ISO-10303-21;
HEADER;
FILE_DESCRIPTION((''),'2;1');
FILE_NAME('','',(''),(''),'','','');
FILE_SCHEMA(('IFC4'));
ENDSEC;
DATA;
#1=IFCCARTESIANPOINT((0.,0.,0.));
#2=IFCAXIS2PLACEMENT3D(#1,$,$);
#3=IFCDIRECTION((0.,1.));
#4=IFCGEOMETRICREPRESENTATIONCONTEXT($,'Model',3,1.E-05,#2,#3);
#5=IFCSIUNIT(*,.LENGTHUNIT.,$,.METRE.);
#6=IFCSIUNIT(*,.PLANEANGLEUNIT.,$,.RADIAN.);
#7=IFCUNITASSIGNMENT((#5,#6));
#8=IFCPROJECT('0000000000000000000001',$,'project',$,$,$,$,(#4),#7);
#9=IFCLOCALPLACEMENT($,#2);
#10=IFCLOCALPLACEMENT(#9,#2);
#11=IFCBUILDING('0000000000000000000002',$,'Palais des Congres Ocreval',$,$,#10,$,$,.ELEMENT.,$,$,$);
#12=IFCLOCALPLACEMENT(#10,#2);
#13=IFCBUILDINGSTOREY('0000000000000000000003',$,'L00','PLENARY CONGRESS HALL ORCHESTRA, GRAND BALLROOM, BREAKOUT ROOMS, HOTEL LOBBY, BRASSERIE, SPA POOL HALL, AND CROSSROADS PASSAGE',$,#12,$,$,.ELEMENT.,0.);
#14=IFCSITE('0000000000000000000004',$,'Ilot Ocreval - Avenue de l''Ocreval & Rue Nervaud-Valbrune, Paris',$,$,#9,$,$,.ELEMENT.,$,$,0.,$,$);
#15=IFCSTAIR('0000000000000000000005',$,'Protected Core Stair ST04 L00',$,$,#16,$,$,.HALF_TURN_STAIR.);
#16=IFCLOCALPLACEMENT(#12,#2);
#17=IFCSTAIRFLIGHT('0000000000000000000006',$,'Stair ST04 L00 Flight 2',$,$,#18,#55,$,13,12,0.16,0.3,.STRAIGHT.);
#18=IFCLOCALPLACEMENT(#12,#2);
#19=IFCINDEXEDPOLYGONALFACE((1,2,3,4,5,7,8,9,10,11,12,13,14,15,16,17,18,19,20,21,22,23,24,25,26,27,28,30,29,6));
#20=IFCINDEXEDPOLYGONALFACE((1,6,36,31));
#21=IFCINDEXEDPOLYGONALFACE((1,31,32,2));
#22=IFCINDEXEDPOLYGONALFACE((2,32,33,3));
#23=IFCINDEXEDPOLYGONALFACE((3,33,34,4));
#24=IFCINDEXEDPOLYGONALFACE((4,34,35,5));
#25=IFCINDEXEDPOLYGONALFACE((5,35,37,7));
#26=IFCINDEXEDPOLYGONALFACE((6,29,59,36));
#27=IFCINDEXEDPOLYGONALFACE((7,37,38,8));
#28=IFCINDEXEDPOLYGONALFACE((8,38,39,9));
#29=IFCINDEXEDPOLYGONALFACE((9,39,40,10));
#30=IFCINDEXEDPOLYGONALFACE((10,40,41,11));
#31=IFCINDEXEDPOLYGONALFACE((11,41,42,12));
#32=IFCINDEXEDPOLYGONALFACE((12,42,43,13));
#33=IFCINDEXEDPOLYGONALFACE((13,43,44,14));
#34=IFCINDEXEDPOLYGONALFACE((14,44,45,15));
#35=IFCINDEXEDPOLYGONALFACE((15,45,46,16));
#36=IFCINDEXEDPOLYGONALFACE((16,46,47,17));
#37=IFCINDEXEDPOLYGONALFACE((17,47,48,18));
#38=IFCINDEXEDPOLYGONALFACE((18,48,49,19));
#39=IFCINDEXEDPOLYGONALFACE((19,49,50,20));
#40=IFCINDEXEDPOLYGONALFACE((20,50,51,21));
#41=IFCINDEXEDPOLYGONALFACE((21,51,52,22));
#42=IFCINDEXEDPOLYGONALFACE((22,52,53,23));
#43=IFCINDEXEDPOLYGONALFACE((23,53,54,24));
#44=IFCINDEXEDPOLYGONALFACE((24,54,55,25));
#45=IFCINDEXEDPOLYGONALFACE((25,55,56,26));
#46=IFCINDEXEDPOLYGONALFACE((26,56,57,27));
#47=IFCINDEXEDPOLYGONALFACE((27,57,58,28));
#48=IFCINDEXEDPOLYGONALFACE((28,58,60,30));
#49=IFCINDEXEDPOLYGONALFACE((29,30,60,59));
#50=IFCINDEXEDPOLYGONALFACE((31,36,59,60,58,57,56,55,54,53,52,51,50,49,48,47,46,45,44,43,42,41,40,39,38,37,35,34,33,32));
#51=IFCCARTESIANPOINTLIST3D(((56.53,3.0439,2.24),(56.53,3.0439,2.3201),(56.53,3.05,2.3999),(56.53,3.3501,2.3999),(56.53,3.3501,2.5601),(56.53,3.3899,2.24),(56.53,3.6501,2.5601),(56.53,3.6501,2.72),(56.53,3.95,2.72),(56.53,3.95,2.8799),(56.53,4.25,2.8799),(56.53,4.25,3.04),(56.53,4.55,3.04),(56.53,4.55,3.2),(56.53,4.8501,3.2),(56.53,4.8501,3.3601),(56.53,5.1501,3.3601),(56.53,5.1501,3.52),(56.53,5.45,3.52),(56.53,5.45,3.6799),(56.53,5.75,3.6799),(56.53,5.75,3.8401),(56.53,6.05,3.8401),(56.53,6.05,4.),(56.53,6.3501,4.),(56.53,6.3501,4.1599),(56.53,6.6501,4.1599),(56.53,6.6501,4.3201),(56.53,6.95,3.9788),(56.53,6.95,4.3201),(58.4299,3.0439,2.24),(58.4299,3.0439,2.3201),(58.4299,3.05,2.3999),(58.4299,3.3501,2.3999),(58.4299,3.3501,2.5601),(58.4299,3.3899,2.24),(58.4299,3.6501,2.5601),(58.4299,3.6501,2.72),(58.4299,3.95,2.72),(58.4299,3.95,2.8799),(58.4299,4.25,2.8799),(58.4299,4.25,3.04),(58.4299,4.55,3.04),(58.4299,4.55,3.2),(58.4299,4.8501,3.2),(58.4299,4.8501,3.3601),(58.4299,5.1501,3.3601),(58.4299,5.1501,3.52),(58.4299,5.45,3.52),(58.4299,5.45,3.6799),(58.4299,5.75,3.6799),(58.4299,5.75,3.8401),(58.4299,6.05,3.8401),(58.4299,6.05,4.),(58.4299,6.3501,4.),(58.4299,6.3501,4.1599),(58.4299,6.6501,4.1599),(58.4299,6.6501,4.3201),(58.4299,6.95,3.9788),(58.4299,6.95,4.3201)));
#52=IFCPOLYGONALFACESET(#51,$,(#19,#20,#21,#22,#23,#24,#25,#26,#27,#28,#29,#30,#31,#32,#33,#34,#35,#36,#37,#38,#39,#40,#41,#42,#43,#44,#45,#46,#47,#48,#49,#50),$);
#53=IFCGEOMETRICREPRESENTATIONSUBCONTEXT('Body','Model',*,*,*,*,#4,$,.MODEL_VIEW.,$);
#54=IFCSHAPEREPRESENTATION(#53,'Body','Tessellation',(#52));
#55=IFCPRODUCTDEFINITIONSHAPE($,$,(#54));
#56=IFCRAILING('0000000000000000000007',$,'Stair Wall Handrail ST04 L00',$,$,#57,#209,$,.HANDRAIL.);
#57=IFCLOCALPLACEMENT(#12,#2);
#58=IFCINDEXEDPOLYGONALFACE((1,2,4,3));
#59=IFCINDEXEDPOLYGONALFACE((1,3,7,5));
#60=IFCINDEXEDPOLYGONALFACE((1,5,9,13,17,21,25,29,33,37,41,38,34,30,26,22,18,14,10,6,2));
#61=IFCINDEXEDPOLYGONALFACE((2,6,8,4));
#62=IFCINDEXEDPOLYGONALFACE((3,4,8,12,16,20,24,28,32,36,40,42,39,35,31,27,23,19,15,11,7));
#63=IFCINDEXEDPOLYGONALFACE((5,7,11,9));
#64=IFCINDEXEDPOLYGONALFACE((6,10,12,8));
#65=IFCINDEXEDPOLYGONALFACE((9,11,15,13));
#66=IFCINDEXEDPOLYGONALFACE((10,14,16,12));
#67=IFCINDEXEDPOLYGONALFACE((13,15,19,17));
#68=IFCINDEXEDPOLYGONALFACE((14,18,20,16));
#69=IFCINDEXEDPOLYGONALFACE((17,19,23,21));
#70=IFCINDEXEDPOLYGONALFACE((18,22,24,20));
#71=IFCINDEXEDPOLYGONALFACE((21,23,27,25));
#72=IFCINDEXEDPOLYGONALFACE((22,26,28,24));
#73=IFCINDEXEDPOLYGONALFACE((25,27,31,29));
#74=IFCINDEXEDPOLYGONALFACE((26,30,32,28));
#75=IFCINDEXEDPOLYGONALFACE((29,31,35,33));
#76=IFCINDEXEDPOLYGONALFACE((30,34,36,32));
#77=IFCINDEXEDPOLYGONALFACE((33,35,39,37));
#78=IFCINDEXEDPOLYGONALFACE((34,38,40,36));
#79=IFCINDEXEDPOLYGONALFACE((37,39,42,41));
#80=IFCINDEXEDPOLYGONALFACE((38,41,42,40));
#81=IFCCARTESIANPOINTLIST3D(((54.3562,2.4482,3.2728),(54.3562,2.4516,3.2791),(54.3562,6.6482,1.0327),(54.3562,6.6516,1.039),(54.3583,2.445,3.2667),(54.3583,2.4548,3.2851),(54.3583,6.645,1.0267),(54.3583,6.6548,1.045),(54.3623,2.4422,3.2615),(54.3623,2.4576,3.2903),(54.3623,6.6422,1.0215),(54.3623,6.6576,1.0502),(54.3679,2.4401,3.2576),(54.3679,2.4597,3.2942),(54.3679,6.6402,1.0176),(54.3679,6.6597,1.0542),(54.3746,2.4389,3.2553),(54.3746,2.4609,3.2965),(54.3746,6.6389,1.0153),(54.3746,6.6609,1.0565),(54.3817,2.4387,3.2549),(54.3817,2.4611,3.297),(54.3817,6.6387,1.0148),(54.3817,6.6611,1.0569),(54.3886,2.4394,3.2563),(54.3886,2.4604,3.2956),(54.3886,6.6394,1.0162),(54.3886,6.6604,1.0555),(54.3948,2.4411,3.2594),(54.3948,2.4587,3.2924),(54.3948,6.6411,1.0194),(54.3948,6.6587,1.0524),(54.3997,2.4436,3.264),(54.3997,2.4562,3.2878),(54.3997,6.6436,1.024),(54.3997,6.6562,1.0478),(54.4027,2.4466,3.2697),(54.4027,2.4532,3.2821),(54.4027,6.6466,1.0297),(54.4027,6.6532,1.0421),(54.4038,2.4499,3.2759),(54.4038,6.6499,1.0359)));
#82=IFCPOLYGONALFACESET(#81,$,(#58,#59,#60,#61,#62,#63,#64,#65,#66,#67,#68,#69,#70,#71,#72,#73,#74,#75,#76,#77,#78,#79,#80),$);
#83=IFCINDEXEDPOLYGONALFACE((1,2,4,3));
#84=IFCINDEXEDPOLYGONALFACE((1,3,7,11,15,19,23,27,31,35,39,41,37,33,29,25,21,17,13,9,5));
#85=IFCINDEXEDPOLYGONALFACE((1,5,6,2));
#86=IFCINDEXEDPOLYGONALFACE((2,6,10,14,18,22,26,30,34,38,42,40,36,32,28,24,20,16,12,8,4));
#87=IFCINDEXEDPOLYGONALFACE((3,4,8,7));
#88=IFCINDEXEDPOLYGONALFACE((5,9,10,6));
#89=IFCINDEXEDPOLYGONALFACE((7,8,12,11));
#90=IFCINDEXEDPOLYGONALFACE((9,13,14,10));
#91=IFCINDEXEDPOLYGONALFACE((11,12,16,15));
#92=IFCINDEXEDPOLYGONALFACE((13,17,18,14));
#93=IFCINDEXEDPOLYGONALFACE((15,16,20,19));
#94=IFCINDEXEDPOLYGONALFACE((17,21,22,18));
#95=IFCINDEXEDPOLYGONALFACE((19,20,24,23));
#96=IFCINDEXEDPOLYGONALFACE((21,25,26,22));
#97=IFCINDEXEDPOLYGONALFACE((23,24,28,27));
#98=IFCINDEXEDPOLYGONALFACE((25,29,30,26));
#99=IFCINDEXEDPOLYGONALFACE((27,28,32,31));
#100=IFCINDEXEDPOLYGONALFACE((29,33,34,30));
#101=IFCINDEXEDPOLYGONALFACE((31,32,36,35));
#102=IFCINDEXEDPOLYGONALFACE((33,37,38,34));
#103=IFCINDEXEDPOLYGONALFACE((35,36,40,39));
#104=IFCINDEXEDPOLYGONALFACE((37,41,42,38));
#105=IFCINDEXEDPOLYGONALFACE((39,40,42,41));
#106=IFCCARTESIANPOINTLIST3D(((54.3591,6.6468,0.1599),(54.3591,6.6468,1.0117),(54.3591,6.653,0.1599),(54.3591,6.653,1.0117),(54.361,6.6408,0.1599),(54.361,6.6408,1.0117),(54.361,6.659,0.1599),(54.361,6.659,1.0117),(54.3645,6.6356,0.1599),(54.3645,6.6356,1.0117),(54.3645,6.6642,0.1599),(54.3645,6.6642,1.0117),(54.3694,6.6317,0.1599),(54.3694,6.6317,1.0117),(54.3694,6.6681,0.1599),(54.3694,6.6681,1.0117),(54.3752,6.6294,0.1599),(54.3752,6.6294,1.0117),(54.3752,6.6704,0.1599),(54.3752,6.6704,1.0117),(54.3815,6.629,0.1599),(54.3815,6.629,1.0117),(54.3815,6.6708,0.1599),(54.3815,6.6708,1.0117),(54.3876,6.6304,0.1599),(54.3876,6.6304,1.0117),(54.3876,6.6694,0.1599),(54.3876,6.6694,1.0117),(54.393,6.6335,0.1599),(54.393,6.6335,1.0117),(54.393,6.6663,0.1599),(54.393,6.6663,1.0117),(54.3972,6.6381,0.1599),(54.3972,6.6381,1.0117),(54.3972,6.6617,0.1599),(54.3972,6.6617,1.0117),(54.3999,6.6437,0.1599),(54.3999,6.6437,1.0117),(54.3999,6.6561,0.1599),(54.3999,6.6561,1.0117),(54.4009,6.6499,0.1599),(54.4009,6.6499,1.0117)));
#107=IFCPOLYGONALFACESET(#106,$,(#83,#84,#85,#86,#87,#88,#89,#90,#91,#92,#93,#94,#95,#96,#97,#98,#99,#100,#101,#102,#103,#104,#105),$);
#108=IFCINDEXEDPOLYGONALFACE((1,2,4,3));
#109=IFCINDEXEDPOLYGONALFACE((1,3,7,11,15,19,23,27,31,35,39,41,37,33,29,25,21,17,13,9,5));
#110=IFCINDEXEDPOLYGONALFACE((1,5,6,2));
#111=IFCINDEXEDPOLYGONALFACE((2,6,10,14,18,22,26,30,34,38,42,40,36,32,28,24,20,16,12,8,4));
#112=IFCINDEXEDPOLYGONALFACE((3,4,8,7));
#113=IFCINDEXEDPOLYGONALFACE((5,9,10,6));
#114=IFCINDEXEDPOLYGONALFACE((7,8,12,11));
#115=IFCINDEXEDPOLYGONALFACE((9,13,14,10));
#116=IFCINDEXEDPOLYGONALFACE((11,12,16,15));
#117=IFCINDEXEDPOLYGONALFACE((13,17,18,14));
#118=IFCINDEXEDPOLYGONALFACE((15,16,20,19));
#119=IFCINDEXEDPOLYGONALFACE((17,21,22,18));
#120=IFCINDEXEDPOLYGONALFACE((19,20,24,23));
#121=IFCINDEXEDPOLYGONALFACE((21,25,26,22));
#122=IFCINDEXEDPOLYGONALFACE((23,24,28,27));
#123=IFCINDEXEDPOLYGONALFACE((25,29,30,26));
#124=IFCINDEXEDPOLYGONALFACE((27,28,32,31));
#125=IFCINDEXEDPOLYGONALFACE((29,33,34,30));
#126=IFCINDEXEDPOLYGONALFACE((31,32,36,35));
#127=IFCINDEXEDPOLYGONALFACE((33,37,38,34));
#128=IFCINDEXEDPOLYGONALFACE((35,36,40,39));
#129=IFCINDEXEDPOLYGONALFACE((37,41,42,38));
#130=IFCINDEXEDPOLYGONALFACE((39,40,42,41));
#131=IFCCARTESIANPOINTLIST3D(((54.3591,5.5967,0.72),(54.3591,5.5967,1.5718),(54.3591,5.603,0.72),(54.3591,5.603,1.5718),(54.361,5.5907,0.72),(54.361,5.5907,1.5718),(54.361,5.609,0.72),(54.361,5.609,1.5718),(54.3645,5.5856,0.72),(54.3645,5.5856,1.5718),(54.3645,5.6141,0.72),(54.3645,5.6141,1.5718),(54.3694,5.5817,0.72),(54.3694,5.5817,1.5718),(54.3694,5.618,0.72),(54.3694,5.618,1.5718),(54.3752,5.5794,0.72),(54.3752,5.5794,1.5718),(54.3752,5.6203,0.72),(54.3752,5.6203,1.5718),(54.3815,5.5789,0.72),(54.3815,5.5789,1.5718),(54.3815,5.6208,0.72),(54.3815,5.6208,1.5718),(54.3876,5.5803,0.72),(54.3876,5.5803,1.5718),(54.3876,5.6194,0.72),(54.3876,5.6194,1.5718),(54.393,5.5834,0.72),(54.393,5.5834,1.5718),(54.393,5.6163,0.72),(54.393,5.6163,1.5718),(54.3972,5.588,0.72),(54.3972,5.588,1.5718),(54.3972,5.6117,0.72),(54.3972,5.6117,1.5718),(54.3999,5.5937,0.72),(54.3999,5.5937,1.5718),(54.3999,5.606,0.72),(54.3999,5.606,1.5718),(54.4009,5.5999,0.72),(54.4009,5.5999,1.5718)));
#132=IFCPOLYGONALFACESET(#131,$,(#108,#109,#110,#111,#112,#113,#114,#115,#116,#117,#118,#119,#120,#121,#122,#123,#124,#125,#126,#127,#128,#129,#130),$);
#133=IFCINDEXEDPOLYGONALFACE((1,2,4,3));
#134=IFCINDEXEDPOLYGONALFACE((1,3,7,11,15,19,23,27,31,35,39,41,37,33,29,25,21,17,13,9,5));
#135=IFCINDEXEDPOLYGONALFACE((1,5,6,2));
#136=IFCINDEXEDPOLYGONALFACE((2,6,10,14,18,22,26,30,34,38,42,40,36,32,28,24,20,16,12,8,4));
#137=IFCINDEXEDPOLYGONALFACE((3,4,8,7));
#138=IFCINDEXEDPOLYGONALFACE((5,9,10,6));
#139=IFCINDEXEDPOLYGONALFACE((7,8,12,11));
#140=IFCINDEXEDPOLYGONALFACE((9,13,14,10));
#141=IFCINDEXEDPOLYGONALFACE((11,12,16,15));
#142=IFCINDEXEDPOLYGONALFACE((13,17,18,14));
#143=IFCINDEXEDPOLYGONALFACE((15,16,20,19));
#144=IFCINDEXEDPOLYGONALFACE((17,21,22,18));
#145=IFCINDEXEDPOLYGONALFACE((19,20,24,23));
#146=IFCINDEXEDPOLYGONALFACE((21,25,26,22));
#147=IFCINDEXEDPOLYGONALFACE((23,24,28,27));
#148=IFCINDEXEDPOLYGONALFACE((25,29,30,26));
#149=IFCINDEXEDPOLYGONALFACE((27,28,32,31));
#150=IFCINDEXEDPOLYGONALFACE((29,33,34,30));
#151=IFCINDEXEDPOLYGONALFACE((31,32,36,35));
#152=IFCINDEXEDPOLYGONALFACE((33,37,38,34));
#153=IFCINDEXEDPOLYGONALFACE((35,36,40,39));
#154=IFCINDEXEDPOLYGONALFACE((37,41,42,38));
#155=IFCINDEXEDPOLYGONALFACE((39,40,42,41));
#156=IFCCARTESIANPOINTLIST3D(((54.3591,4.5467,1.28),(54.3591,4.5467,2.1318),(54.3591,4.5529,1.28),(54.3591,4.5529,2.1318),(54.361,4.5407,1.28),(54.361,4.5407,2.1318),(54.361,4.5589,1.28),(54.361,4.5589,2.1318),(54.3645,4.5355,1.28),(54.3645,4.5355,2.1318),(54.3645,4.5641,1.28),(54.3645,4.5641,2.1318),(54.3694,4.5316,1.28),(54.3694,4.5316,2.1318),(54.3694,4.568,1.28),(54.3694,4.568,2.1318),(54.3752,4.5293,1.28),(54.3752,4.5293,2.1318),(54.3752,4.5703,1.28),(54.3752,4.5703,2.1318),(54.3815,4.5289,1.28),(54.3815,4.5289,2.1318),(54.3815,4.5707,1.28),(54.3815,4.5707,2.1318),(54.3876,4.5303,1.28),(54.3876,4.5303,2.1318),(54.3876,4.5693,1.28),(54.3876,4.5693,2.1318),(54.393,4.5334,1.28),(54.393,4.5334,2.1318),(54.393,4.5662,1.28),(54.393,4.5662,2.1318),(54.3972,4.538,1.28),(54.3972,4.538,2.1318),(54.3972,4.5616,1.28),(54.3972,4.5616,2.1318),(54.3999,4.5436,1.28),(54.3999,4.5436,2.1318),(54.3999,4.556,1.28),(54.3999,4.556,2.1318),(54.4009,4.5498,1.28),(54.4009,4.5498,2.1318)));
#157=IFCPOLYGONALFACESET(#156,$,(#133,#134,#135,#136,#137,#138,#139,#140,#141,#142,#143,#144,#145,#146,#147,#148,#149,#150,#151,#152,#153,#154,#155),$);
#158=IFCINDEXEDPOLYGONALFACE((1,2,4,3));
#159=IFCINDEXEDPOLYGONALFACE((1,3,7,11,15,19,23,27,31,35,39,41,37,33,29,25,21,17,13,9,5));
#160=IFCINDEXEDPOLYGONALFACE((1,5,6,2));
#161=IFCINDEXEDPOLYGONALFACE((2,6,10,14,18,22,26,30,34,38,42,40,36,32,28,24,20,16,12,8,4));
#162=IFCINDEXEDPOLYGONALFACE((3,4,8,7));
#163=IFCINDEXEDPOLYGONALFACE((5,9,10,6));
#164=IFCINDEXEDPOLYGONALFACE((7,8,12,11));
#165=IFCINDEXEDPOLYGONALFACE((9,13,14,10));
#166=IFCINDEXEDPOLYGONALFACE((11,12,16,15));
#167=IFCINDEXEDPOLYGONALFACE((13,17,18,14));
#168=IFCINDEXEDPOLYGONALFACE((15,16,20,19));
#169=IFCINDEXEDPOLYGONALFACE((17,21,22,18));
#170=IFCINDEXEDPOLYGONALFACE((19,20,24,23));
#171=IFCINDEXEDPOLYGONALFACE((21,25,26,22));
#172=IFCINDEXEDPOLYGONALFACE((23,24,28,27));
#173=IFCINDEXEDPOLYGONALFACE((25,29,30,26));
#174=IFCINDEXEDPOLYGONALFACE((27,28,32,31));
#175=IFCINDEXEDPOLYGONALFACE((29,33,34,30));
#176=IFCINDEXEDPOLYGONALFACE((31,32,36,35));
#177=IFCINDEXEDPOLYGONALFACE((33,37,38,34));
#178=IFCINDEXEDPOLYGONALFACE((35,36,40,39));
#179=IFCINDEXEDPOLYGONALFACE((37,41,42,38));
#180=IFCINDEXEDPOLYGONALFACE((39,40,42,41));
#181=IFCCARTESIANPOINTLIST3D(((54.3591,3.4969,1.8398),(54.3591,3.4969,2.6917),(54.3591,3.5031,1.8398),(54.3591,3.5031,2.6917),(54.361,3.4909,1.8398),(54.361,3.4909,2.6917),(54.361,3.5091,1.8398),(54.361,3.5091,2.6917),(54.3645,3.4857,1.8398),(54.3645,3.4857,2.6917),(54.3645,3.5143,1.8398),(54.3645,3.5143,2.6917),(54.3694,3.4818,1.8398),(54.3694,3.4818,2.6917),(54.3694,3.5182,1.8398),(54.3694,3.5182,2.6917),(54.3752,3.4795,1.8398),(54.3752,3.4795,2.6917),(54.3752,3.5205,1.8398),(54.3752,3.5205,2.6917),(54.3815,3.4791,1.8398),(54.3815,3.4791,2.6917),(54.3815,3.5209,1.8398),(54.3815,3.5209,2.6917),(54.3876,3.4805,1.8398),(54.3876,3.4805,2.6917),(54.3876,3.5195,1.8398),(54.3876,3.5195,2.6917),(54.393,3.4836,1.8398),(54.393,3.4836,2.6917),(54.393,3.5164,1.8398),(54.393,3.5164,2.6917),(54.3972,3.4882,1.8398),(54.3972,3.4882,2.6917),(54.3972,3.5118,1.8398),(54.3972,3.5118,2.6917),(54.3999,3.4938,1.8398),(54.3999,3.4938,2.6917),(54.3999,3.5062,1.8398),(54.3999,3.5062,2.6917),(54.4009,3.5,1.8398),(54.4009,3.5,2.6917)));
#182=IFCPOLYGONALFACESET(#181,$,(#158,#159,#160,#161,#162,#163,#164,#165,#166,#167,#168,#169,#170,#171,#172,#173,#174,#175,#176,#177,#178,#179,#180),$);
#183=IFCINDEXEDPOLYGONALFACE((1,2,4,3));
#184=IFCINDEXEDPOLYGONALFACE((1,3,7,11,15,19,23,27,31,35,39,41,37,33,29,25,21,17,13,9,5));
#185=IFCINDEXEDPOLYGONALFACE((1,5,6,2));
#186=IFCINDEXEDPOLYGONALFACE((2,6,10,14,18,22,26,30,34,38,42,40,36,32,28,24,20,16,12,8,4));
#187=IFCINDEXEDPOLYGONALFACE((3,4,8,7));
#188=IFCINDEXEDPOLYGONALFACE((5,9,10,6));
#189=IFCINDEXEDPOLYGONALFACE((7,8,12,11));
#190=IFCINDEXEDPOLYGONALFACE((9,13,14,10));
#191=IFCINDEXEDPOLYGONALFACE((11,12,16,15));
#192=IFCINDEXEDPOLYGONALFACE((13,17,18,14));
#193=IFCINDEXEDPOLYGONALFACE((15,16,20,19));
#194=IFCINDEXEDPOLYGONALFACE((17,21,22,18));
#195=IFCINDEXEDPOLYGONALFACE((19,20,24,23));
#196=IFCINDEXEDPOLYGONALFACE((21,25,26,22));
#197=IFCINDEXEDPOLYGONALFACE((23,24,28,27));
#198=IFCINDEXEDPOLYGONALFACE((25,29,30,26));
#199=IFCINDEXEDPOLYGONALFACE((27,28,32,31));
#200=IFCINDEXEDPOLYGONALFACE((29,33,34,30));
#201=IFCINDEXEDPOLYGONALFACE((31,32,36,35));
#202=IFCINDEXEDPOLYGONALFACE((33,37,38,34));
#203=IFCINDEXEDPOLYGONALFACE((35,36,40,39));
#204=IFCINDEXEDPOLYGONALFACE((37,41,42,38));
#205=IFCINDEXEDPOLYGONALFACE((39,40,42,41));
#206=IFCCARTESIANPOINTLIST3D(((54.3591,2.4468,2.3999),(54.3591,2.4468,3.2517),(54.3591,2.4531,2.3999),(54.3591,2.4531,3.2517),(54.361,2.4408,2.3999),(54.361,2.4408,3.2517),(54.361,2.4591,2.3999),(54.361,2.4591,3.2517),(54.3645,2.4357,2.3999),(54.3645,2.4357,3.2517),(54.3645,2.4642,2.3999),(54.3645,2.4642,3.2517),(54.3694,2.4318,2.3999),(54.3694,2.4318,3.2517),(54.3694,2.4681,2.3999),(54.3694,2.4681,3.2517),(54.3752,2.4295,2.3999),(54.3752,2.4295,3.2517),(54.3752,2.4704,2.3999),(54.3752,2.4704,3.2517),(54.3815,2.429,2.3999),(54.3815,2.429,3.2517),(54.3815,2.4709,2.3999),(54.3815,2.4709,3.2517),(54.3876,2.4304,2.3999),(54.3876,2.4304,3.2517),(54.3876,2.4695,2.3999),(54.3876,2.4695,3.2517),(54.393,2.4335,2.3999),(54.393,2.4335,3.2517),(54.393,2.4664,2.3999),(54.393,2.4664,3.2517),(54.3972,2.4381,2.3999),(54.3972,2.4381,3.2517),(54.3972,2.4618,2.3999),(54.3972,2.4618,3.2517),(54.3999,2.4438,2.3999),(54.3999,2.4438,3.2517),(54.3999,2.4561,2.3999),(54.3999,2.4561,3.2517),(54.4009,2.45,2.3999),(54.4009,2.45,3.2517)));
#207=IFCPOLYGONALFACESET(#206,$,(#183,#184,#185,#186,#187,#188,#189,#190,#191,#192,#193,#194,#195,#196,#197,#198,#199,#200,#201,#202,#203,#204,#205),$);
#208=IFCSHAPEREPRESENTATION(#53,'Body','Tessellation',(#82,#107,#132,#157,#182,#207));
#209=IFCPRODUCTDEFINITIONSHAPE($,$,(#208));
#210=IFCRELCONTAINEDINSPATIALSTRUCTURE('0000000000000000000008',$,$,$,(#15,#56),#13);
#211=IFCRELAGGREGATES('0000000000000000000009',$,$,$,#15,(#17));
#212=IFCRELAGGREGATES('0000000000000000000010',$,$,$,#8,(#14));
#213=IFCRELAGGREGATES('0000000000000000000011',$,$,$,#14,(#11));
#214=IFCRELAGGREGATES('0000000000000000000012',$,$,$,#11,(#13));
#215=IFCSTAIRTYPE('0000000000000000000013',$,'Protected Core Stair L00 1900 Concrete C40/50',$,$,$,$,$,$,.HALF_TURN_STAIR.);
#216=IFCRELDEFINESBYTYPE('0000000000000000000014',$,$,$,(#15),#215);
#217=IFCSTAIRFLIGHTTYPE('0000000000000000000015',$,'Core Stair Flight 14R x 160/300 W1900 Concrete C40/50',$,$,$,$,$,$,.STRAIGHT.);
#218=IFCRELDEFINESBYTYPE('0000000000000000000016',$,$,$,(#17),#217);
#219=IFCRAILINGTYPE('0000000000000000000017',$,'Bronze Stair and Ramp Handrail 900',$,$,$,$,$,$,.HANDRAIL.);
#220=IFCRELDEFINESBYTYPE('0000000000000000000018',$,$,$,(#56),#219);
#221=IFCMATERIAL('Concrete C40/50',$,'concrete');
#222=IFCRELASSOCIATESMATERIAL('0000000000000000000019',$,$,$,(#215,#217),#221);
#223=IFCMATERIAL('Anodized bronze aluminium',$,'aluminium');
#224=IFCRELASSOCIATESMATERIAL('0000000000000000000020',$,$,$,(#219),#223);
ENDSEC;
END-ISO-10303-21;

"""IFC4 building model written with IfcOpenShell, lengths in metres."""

from ifc_helpers import new_model, si_unit, direction, frame, origin, origin_2d, place, context, subcontext, project, spatial, polyline, circle, outline, extrude, material, type_object, element, aggregate, save


model = new_model("IFC4")

# Units and contexts
model_context = context("Model", 3, precision=1e-05, world=origin(), true_north=direction((0.0, 1.0)))
body_context = subcontext(model_context, "Body", "Model", "MODEL_VIEW")
ifc_project = project(units=[si_unit("LENGTHUNIT", "METRE"), si_unit("PLANEANGLEUNIT", "RADIAN")], contexts=[model_context])

# Site, building, storey
site_placement = place(None, origin())
site = spatial("IfcSite", under=ifc_project, at=site_placement, Name="Ilot Ocreval - Avenue de l'Ocreval & Rue Nervaud-Valbrune, Paris", CompositionType="ELEMENT", RefElevation=0.0)
building_placement = place(site_placement, origin())
building = spatial("IfcBuilding", under=site, at=building_placement, Name="Palais des Congres Ocreval", CompositionType="ELEMENT")
storey_placement = place(building_placement, origin())
storey = spatial("IfcBuildingStorey", under=building, at=storey_placement, Name="L00", Description="PLENARY CONGRESS HALL ORCHESTRA, GRAND BALLROOM, BREAKOUT ROOMS, HOTEL LOBBY, BRASSERIE, SPA POOL HALL, AND CROSSROADS PASSAGE", CompositionType="ELEMENT", Elevation=0.0)

# Shared definitions
ifc_material_1 = material(Name="Concrete C40/50", Category="concrete")

# Stair, stair flight
stair_type = type_object("IfcStairType", Name="Protected Core Stair L00 1900 Concrete C40/50", PredefinedType="HALF_TURN_STAIR", material=ifc_material_1)
stair_placement = place(storey_placement, origin())
stair = element("IfcStair", 1, at=stair_placement, inside=storey, type_object=stair_type, Name="Protected Core Stair ST04 L00", PredefinedType="HALF_TURN_STAIR")
stair_flight_type = type_object("IfcStairFlightType", Name="Core Stair Flight 14R x 160/300 W1900 Concrete C40/50", PredefinedType="STRAIGHT", material=ifc_material_1)
stair_flight_1_placement = place(storey_placement, frame((57.48, 3.05, 2.24), z_axis=(0.0, 0.0, 1.0), x_axis=(0.0, 1.0, 0.0)))
stair_flight_1 = element("IfcStairFlight", 2, at=stair_flight_1_placement, type_object=stair_flight_type, Name="Stair ST04 L00 Flight 2", NumberOfRisers=13, NumberOfTreads=12, PredefinedType="STRAIGHT", RiserHeight=0.16, TreadLength=0.3, context=body_context, shape_type="SweptSolid", body=[
    extrude(outline(polyline([(-0.0061, 0.0), (-0.0061, 0.0801), (0.0, 0.1599), (0.3, 0.1599), (0.3, 0.3201), (0.6001, 0.3201), (0.6001, 0.48), (0.8999, 0.48), (0.8999, 0.6399), (1.2, 0.6399), (1.2, 0.8), (1.5, 0.8), (1.5, 0.96), (1.8, 0.96), (1.8, 1.1201), (2.1001, 1.1201), (2.1001, 1.28), (2.3999, 1.28), (2.3999, 1.4399), (2.7, 1.4399), (2.7, 1.6001), (3.0, 1.6001), (3.0, 1.76), (3.3, 1.76), (3.3, 1.9199), (3.6001, 1.9199), (3.6001, 2.0801), (3.8999, 2.0801), (3.8999, 1.7388), (0.3398, 0.0), (-0.0061, 0.0)])), frame((0.0, 0.95, 0.0), z_axis=(0.0, -1.0, 0.0), x_axis=(1.0, 0.0, 0.0)), (0.0, 0.0, 1.0), 1.8999),
])
aggregate(stair, [stair_flight_1])

# Railing
ifc_material_2 = material(Name="Anodized bronze aluminium", Category="aluminium")
railing_type_1 = type_object("IfcRailingType", Name="Bronze Stair and Ramp Handrail 900", PredefinedType="HANDRAIL", material=ifc_material_2)
railing_1_placement = place(storey_placement, frame((54.3799, 6.6499, 0.1599)))
element("IfcRailing", 3, at=railing_1_placement, inside=storey, type_object=railing_type_1, Name="Stair Wall Handrail ST04 L00", PredefinedType="HANDRAIL", context=body_context, shape_type="SweptSolid", body=[
    extrude(circle(Radius=0.0239, at=origin_2d()), frame((0.0, 0.0, 0.876), z_axis=(0.0, -0.882352, 0.470591), x_axis=(1.0, 0.0, 0.0)), (0.0, 0.0, 1.0), 4.76),
    extrude(circle(Radius=0.021, at=origin_2d()), origin(), (0.0, 0.0, 1.0), 0.8518),
    extrude(circle(Radius=0.021, at=origin_2d()), frame((0.0, -1.05, 0.5601)), (0.0, 0.0, 1.0), 0.8518),
    extrude(circle(Radius=0.021, at=origin_2d()), frame((0.0, -2.1001, 1.1201)), (0.0, 0.0, 1.0), 0.8518),
    extrude(circle(Radius=0.021, at=origin_2d()), frame((0.0, -3.1499, 1.6799)), (0.0, 0.0, 1.0), 0.8518),
    extrude(circle(Radius=0.021, at=origin_2d()), frame((0.0, -4.2, 2.24)), (0.0, 0.0, 1.0), 0.8518),
])

save(model, "model.ifc")
